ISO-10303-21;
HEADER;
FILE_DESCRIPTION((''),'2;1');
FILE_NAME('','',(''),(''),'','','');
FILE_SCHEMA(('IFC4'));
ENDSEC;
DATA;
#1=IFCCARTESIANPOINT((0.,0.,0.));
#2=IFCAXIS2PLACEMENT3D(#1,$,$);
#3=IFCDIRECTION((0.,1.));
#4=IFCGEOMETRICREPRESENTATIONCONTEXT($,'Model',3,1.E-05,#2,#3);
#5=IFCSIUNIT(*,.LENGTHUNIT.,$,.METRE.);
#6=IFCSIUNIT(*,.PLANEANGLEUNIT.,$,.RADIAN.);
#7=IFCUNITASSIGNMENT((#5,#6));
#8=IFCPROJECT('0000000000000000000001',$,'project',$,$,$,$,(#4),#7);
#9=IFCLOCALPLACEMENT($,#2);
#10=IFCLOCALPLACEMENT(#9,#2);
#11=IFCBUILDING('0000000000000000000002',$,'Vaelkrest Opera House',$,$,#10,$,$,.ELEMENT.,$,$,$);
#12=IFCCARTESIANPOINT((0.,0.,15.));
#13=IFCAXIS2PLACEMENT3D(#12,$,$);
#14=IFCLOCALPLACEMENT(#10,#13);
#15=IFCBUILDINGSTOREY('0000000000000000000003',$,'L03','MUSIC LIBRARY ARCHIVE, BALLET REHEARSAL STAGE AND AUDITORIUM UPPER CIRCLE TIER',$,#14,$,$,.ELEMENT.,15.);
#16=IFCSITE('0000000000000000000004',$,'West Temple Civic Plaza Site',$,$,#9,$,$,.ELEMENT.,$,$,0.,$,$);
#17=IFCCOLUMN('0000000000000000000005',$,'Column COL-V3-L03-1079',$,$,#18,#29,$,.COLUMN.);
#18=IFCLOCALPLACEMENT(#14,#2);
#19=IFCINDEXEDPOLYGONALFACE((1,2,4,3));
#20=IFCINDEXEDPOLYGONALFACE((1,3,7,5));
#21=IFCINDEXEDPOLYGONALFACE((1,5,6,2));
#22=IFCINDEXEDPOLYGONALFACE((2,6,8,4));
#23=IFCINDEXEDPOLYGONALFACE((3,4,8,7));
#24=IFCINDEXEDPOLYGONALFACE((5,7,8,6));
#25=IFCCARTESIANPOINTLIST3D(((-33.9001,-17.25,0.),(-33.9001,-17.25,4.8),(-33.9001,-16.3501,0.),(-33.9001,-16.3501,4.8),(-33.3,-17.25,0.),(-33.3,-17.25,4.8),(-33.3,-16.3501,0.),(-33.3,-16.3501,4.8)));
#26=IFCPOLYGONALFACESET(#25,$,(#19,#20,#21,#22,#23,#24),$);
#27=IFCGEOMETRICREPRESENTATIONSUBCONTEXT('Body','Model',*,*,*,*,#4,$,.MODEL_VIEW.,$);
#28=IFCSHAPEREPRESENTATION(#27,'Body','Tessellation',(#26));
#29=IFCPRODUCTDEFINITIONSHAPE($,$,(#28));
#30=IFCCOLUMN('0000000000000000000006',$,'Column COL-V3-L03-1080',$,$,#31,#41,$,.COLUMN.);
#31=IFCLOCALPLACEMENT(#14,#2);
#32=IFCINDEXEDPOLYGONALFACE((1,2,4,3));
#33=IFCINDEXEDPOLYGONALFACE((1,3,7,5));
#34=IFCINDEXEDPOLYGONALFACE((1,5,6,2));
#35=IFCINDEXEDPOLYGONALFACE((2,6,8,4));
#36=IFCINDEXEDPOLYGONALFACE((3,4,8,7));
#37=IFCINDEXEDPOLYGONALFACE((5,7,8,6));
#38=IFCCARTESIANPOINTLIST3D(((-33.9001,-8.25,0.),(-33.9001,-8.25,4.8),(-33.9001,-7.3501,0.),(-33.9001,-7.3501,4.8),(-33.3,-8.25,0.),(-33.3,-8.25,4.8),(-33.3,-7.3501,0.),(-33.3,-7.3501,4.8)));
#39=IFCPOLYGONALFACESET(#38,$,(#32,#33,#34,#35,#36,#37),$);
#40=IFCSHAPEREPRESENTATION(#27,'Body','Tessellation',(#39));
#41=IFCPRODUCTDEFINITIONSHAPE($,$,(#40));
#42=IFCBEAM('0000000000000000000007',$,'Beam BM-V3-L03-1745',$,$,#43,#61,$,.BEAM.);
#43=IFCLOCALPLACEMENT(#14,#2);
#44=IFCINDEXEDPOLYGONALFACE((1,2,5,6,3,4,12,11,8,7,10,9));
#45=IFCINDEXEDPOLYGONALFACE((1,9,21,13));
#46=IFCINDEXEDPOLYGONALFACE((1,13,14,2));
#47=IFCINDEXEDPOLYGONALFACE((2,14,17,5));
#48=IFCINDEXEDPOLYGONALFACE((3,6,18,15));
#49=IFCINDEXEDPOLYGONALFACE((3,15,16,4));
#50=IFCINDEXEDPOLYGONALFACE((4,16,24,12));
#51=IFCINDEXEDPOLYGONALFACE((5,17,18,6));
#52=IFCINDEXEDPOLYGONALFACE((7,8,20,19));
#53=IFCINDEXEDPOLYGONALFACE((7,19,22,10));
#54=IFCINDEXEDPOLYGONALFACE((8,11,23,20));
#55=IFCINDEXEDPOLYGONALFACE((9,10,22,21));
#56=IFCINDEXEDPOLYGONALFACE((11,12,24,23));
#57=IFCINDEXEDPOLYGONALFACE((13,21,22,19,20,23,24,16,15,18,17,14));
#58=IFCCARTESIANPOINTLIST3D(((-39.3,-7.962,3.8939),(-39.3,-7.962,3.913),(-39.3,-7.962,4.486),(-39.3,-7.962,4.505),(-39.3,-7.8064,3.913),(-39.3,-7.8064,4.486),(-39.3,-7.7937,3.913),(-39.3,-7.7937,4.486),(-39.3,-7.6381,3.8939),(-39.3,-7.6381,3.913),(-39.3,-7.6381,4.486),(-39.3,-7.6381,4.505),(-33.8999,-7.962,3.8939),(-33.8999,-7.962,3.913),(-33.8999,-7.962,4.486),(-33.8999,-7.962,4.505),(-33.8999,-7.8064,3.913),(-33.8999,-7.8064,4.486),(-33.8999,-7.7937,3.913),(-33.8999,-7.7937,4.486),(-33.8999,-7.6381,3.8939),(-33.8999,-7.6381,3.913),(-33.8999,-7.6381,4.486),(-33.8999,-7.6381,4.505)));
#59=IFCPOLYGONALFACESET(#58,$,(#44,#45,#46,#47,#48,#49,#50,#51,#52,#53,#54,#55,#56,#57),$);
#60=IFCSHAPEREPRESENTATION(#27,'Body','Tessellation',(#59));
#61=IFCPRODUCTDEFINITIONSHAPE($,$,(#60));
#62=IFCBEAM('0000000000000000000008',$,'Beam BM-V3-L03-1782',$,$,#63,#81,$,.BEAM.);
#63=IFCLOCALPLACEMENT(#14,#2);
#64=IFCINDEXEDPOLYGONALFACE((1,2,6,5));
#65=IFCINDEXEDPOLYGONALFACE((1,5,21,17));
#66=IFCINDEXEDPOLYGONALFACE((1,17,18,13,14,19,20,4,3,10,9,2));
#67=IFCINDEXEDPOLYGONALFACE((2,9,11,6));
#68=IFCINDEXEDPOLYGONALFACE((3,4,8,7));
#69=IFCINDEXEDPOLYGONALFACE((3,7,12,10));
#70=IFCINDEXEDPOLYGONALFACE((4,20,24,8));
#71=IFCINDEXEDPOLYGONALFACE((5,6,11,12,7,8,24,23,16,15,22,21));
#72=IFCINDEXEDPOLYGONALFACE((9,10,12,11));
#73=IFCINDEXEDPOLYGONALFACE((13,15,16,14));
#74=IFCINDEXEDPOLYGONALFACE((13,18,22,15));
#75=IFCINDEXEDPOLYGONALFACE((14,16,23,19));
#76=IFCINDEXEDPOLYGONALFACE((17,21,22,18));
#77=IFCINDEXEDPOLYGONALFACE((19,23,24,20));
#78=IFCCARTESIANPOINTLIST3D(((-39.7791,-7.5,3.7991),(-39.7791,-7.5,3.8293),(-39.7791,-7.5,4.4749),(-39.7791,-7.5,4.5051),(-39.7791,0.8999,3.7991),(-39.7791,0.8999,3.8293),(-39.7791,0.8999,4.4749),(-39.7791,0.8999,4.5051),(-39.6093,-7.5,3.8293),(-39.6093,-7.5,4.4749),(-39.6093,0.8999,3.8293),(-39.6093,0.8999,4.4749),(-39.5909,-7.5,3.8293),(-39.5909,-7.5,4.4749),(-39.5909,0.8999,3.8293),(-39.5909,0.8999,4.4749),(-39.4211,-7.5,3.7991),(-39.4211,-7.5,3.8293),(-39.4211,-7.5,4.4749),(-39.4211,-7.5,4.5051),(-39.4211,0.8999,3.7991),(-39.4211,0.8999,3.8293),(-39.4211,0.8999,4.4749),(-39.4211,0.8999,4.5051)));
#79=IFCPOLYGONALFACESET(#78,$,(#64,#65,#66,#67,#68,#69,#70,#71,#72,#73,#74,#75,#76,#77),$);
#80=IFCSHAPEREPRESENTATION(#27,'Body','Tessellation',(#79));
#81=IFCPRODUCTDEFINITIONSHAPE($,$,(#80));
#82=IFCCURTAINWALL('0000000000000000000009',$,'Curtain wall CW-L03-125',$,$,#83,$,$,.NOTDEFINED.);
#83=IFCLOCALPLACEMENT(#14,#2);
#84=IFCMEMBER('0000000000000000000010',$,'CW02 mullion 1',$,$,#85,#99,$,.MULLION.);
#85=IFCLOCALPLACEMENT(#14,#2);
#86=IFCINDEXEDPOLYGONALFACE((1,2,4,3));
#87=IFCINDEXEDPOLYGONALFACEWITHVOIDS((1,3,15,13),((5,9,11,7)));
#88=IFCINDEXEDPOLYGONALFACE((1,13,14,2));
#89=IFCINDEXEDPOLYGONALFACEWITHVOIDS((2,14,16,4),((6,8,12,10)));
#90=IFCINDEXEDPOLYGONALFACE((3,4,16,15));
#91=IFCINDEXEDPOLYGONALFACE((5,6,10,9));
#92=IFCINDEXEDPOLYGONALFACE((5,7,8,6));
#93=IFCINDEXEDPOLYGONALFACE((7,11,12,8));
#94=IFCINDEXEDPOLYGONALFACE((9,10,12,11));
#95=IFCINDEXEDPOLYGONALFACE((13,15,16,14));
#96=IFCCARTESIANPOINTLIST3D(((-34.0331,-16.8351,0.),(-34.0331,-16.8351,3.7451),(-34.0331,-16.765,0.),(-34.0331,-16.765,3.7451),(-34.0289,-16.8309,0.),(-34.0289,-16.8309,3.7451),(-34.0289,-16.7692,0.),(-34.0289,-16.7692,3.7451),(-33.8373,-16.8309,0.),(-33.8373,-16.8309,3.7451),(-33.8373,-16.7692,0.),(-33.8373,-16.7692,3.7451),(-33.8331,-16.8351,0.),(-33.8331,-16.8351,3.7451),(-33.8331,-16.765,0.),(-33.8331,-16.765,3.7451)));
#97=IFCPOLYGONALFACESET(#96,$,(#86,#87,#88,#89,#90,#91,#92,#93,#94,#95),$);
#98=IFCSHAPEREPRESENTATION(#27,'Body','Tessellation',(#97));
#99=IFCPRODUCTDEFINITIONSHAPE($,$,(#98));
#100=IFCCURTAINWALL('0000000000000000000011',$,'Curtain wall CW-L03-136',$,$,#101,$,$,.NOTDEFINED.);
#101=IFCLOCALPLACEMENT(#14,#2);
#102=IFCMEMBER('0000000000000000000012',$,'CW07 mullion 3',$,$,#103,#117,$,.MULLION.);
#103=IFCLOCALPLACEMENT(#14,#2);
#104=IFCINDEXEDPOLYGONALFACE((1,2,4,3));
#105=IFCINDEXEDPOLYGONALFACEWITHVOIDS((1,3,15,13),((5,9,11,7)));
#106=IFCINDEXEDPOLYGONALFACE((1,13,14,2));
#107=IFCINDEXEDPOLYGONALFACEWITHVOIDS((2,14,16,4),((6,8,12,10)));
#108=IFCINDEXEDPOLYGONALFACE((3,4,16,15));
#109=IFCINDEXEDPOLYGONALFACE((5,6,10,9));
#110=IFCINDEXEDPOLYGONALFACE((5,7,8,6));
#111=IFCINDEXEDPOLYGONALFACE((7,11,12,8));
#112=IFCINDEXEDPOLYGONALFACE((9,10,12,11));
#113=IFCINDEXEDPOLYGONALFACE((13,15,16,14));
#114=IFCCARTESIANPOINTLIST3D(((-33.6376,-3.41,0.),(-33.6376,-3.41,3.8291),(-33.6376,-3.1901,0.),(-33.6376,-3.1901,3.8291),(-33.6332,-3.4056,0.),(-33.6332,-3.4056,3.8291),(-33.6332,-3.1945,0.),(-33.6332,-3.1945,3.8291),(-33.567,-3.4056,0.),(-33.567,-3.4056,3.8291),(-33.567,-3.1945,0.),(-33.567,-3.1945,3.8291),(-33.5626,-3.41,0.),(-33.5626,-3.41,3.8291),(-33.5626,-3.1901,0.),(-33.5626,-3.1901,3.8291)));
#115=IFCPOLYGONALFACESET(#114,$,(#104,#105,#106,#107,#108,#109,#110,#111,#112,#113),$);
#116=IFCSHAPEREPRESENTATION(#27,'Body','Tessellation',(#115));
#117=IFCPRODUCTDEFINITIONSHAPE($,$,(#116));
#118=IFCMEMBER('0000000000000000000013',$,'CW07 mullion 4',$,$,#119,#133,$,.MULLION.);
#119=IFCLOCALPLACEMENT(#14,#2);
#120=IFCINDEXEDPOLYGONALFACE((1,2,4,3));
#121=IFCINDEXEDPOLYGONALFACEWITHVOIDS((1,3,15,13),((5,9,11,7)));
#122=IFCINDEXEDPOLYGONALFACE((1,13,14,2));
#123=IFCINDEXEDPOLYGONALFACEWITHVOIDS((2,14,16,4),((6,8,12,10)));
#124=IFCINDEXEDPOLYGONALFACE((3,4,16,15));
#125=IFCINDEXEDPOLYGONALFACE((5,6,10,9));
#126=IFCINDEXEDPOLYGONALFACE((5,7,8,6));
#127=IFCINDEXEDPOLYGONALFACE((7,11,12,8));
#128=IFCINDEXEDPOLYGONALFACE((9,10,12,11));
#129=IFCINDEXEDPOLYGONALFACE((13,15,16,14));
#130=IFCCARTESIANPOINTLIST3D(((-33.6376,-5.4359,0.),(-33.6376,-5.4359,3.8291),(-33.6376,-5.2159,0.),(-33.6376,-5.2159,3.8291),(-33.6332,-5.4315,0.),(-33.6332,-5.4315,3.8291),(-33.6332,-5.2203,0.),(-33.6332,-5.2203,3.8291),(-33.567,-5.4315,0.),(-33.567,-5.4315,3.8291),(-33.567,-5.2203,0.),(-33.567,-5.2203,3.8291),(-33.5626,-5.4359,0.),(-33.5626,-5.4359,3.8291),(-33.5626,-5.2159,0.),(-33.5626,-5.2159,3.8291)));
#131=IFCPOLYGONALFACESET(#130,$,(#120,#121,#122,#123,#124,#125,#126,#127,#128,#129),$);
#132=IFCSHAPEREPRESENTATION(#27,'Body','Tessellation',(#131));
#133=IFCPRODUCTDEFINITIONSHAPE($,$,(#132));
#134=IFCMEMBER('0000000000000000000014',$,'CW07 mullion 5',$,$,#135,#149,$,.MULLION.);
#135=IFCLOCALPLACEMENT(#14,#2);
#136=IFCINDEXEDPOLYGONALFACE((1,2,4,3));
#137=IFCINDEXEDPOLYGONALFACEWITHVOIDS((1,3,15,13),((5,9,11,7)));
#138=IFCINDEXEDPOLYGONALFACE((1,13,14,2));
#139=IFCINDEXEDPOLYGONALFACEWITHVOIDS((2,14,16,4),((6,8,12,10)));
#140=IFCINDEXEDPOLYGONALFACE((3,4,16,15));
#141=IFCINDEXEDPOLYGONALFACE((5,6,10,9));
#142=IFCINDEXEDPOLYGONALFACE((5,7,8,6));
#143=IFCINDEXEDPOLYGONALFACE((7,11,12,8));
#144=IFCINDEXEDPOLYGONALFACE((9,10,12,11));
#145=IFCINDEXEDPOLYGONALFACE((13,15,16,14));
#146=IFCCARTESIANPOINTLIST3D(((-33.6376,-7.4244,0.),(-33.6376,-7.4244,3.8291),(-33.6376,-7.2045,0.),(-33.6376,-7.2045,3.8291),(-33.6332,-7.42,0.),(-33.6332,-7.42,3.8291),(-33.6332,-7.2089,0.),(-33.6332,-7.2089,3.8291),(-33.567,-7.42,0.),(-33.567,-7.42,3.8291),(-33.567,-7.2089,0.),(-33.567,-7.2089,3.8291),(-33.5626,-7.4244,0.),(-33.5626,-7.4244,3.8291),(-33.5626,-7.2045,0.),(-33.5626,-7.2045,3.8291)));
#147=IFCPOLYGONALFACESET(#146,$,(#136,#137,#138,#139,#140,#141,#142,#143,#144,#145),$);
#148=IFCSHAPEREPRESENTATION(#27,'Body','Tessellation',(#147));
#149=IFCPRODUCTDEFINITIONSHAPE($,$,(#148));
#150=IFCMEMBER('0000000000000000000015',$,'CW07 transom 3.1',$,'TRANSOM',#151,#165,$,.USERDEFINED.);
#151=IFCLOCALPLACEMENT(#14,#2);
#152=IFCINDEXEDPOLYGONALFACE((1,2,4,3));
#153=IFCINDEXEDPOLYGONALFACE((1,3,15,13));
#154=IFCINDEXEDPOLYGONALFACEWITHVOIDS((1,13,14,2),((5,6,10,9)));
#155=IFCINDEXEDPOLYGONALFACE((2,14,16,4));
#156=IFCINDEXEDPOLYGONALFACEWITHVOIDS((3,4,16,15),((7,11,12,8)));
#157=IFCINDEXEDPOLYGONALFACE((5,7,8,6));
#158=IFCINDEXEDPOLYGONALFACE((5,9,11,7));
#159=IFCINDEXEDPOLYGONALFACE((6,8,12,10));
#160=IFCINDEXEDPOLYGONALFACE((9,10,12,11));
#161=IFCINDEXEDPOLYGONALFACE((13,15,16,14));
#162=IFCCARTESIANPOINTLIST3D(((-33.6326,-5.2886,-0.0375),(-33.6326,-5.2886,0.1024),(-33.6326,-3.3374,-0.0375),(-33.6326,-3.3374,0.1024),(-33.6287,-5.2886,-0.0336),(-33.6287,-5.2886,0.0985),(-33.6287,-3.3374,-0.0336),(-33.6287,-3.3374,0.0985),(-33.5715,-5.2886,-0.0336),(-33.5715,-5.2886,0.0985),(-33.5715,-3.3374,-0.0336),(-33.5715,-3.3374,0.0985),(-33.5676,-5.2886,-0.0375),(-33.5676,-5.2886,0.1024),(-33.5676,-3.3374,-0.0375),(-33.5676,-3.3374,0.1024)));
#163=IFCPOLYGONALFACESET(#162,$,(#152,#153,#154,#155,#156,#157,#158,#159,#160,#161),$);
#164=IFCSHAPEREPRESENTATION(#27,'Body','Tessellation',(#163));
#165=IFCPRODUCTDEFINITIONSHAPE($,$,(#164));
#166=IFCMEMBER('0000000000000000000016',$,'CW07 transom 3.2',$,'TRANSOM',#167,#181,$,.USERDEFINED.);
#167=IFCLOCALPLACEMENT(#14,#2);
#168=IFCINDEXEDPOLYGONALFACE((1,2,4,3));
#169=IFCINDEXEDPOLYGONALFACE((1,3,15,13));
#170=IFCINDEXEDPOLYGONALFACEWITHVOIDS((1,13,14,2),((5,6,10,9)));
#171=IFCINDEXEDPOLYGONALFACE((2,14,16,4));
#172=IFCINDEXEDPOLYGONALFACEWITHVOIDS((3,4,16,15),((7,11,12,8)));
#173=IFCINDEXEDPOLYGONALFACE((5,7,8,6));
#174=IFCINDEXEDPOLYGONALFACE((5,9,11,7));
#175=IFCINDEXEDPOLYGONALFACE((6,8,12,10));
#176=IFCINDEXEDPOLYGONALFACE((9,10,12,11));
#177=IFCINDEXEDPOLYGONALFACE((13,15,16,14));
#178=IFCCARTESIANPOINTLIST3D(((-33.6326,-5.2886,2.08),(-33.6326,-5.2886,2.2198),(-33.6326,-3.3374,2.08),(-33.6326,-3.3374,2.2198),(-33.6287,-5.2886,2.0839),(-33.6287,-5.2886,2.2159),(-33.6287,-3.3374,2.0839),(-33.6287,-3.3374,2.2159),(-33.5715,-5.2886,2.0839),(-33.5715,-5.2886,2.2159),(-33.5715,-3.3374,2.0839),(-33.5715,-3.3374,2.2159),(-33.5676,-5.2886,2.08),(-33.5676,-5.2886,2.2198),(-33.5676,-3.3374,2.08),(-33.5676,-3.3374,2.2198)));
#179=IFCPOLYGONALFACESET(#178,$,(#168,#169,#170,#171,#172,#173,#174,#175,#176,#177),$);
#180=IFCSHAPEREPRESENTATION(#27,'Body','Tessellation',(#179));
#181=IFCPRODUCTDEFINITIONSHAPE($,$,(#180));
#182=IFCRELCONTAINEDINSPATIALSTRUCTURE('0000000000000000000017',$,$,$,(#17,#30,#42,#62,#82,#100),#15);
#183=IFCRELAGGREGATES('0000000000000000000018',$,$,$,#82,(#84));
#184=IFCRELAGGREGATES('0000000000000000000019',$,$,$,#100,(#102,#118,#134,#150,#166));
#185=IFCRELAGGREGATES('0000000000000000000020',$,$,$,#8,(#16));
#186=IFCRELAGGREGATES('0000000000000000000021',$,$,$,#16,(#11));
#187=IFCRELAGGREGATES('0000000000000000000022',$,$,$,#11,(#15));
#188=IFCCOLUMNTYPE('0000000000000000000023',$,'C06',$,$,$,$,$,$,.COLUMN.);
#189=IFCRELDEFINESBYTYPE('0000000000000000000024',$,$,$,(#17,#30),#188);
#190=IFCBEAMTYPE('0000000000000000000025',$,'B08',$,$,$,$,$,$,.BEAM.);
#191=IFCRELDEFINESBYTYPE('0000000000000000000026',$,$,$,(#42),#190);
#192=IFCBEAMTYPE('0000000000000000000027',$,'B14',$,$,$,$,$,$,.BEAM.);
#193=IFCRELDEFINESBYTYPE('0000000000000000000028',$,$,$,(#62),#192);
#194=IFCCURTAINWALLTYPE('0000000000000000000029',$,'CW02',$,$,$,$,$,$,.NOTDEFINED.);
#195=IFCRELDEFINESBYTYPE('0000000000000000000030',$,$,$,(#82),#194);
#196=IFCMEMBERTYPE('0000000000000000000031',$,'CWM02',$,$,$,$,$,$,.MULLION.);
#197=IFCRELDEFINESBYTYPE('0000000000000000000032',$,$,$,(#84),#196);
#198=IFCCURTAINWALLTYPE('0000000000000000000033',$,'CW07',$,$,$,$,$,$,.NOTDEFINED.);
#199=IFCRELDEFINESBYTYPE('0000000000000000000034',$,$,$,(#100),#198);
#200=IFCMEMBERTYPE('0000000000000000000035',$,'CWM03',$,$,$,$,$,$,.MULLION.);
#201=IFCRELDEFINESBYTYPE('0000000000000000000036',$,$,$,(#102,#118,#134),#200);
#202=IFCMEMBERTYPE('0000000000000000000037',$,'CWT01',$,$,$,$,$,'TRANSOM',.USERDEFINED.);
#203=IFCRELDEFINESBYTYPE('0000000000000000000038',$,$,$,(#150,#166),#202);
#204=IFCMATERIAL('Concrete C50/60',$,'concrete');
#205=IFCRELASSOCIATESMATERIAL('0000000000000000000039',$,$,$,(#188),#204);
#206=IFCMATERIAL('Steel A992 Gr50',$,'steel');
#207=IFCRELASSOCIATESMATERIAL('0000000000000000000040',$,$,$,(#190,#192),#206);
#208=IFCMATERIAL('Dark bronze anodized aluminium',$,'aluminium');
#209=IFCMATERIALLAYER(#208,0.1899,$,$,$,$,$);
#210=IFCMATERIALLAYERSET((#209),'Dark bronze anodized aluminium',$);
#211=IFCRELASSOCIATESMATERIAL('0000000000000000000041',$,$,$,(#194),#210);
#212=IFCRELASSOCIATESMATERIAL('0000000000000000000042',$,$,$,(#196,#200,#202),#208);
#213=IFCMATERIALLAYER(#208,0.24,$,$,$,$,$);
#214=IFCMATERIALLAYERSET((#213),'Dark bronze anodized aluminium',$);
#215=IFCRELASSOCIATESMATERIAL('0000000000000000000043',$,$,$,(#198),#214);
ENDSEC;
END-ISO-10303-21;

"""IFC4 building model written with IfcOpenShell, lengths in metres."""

from ifc_helpers import new_model, si_unit, direction, frame, origin, origin_2d, place, context, subcontext, project, spatial, rectangle, hollow_rectangle, i_section, extrude, material, layer, layer_set, material_profile, profile_set, type_object, element, aggregate, save


model = new_model("IFC4")

# Units and contexts
model_context = context("Model", 3, precision=1e-05, world=origin(), true_north=direction((0.0, 1.0)))
body_context = subcontext(model_context, "Body", "Model", "MODEL_VIEW")
ifc_project = project(units=[si_unit("LENGTHUNIT", "METRE"), si_unit("PLANEANGLEUNIT", "RADIAN")], contexts=[model_context])

# Site, building, storey
site_placement = place(None, origin())
site = spatial("IfcSite", under=ifc_project, at=site_placement, Name="West Temple Civic Plaza Site", CompositionType="ELEMENT", RefElevation=0.0)
building_placement = place(site_placement, origin())
building = spatial("IfcBuilding", under=site, at=building_placement, Name="Vaelkrest Opera House", CompositionType="ELEMENT")
storey_placement = place(building_placement, frame((0.0, 0.0, 15.0)))
storey = spatial("IfcBuildingStorey", under=building, at=storey_placement, Name="L03", Description="MUSIC LIBRARY ARCHIVE, BALLET REHEARSAL STAGE AND AUDITORIUM UPPER CIRCLE TIER", CompositionType="ELEMENT", Elevation=15.0)

# Columns
ifc_material_1 = material(Name="Concrete C50/60", Category="concrete")
ifc_material_profile_1 = material_profile(ifc_material_1, rectangle(XDim=0.6001, YDim=0.8999, at=origin_2d()), Name="RC600X900")
ifc_profile_set_1 = profile_set([ifc_material_profile_1], Name="Concrete C50/60")
column_type = type_object("IfcColumnType", Name="C06", PredefinedType="COLUMN", material=ifc_profile_set_1)
for number, where, z_axis, x_axis, name in (
    (1, (-33.6001, -16.8, 0.0), (0.0, 0.0, 1.0), (1.0, 0.0, 0.0), "Column COL-V3-L03-1079"),
    (2, (-33.6001, -7.8, 0.0), (0.0, 0.0, 1.0), (1.0, 0.0, 0.0), "Column COL-V3-L03-1080"),
):
    element("IfcColumn", number, at=place(storey_placement, frame(where, z_axis=z_axis, x_axis=x_axis)), inside=storey, type_object=column_type, Name=name, PredefinedType="COLUMN", context=body_context, shape_type="SweptSolid", body=[
        extrude(rectangle(XDim=0.6001, YDim=0.8999, at=origin_2d()), origin(), (0.0, 0.0, 1.0), 4.8),
    ])

# Beams
ifc_material_2 = material(Name="Steel A992 Gr50", Category="steel")
ifc_material_profile_2 = material_profile(ifc_material_2, i_section(OverallWidth=0.324, OverallDepth=0.6111, WebThickness=0.0127, FlangeThickness=0.019, at=origin_2d()), Name="W24X104")
ifc_profile_set_2 = profile_set([ifc_material_profile_2], Name="Steel A992 Gr50")
beam_type_1 = type_object("IfcBeamType", Name="B08", PredefinedType="BEAM", material=ifc_profile_set_2)
beam_1_placement = place(storey_placement, frame((-39.3, -7.8, 4.1995), z_axis=(1.0, 0.0, 0.0), x_axis=(0.0, 1.0, 0.0)))
element("IfcBeam", 3, at=beam_1_placement, inside=storey, type_object=beam_type_1, Name="Beam BM-V3-L03-1745", PredefinedType="BEAM", context=body_context, shape_type="SweptSolid", body=[
    extrude(i_section(OverallWidth=0.324, OverallDepth=0.6111, WebThickness=0.0127, FlangeThickness=0.019, at=origin_2d()), origin(), (0.0, 0.0, 1.0), 5.4001),
])
ifc_material_profile_3 = material_profile(ifc_material_2, i_section(OverallWidth=0.3579, OverallDepth=0.7061, WebThickness=0.0183, FlangeThickness=0.0303, at=origin_2d()), Name="W27X178")
ifc_profile_set_3 = profile_set([ifc_material_profile_3], Name="Steel A992 Gr50")
beam_type_2 = type_object("IfcBeamType", Name="B14", PredefinedType="BEAM", material=ifc_profile_set_3)
beam_2_placement = place(storey_placement, frame((-39.6001, -7.5, 4.1521), z_axis=(0.0, 1.0, 0.0), x_axis=(-1.0, 0.0, 0.0)))
element("IfcBeam", 4, at=beam_2_placement, inside=storey, type_object=beam_type_2, Name="Beam BM-V3-L03-1782", PredefinedType="BEAM", context=body_context, shape_type="SweptSolid", body=[
    extrude(i_section(OverallWidth=0.3579, OverallDepth=0.7061, WebThickness=0.0183, FlangeThickness=0.0303, at=origin_2d()), origin(), (0.0, 0.0, 1.0), 8.3999),
])

# Curtain wall, member
ifc_material_3 = material(Name="Dark bronze anodized aluminium", Category="aluminium")
ifc_layer_1 = layer(ifc_material_3, 0.1899)
ifc_layer_set_1 = layer_set([ifc_layer_1], Name="Dark bronze anodized aluminium")
curtain_wall_type_1 = type_object("IfcCurtainWallType", Name="CW02", PredefinedType="NOTDEFINED", material=ifc_layer_set_1)
curtain_wall_1_placement = place(storey_placement, origin())
curtain_wall_1 = element("IfcCurtainWall", 5, at=curtain_wall_1_placement, inside=storey, type_object=curtain_wall_type_1, Name="Curtain wall CW-L03-125", PredefinedType="NOTDEFINED")
ifc_material_profile_4 = material_profile(ifc_material_3, hollow_rectangle(XDim=0.0701, YDim=0.2, WallThickness=0.0042, at=origin_2d()), Name="CWM70X200")
ifc_profile_set_4 = profile_set([ifc_material_profile_4], Name="Dark bronze anodized aluminium")
member_type_1 = type_object("IfcMemberType", Name="CWM02", PredefinedType="MULLION", material=ifc_profile_set_4)
member_1_placement = place(storey_placement, frame((-33.9331, -16.8, 0.0), z_axis=(0.0, 0.0, 1.0), x_axis=(0.0, -1.0, 0.0)))
member_1 = element("IfcMember", 6, at=member_1_placement, type_object=member_type_1, Name="CW02 mullion 1", PredefinedType="MULLION", context=body_context, shape_type="SweptSolid", body=[
    extrude(hollow_rectangle(XDim=0.0701, YDim=0.2, WallThickness=0.0042, at=origin_2d()), origin(), (0.0, 0.0, 1.0), 3.7451),
])
aggregate(curtain_wall_1, [member_1])

# Curtain wall, members
ifc_layer_2 = layer(ifc_material_3, 0.24)
ifc_layer_set_2 = layer_set([ifc_layer_2], Name="Dark bronze anodized aluminium")
curtain_wall_type_2 = type_object("IfcCurtainWallType", Name="CW07", PredefinedType="NOTDEFINED", material=ifc_layer_set_2)
curtain_wall_2_placement = place(storey_placement, origin())
curtain_wall_2 = element("IfcCurtainWall", 7, at=curtain_wall_2_placement, inside=storey, type_object=curtain_wall_type_2, Name="Curtain wall CW-L03-136", PredefinedType="NOTDEFINED")
ifc_material_profile_5 = material_profile(ifc_material_3, hollow_rectangle(XDim=0.075, YDim=0.22, WallThickness=0.0044, at=origin_2d()), Name="CWM75X220")
ifc_profile_set_5 = profile_set([ifc_material_profile_5], Name="Dark bronze anodized aluminium")
member_type_2 = type_object("IfcMemberType", Name="CWM03", PredefinedType="MULLION", material=ifc_profile_set_5)
member_2_placement = place(storey_placement, frame((-33.6001, -3.3, 0.0), z_axis=(0.0, 0.0, 1.0), x_axis=(1.0, 0.0, 0.0)))
member_2 = element("IfcMember", 8, at=member_2_placement, type_object=member_type_2, Name="CW07 mullion 3", PredefinedType="MULLION", context=body_context, shape_type="SweptSolid", body=[
    extrude(hollow_rectangle(XDim=0.075, YDim=0.22, WallThickness=0.0044, at=origin_2d()), origin(), (0.0, 0.0, 1.0), 3.8291),
])
member_3_placement = place(storey_placement, frame((-33.6001, -5.3259, 0.0), z_axis=(0.0, 0.0, 1.0), x_axis=(1.0, 0.0, 0.0)))
member_3 = element("IfcMember", 9, at=member_3_placement, type_object=member_type_2, Name="CW07 mullion 4", PredefinedType="MULLION", context=body_context, shape_type="SweptSolid", body=[
    extrude(hollow_rectangle(XDim=0.075, YDim=0.22, WallThickness=0.0044, at=origin_2d()), origin(), (0.0, 0.0, 1.0), 3.8291),
])
member_4_placement = place(storey_placement, frame((-33.6001, -7.3145, 0.0), z_axis=(0.0, 0.0, 1.0), x_axis=(1.0, 0.0, 0.0)))
member_4 = element("IfcMember", 10, at=member_4_placement, type_object=member_type_2, Name="CW07 mullion 5", PredefinedType="MULLION", context=body_context, shape_type="SweptSolid", body=[
    extrude(hollow_rectangle(XDim=0.075, YDim=0.22, WallThickness=0.0044, at=origin_2d()), origin(), (0.0, 0.0, 1.0), 3.8291),
])
ifc_material_profile_6 = material_profile(ifc_material_3, hollow_rectangle(XDim=0.0649, YDim=0.1399, WallThickness=0.0039, at=origin_2d()), Name="CWT65X140")
ifc_profile_set_6 = profile_set([ifc_material_profile_6], Name="Dark bronze anodized aluminium")
member_type_3 = type_object("IfcMemberType", Name="CWT01", ElementType="TRANSOM", PredefinedType="USERDEFINED", material=ifc_profile_set_6)
member_5_placement = place(storey_placement, frame((-33.6001, -3.3374, 0.0325), z_axis=(0.0, -1.0, 0.0), x_axis=(1.0, 0.0, 0.0)))
member_5 = element("IfcMember", 11, at=member_5_placement, type_object=member_type_3, Name="CW07 transom 3.1", ObjectType="TRANSOM", PredefinedType="USERDEFINED", context=body_context, shape_type="SweptSolid", body=[
    extrude(hollow_rectangle(XDim=0.0649, YDim=0.1399, WallThickness=0.0039, at=origin_2d()), origin(), (0.0, 0.0, 1.0), 1.9512),
])
member_6_placement = place(storey_placement, frame((-33.6001, -3.3374, 2.1499), z_axis=(0.0, -1.0, 0.0), x_axis=(1.0, 0.0, 0.0)))
member_6 = element("IfcMember", 12, at=member_6_placement, type_object=member_type_3, Name="CW07 transom 3.2", ObjectType="TRANSOM", PredefinedType="USERDEFINED", context=body_context, shape_type="SweptSolid", body=[
    extrude(hollow_rectangle(XDim=0.0649, YDim=0.1399, WallThickness=0.0039, at=origin_2d()), origin(), (0.0, 0.0, 1.0), 1.9512),
])

aggregate(curtain_wall_2, [member_2, member_3, member_4, member_5, member_6])

save(model, "model.ifc")
